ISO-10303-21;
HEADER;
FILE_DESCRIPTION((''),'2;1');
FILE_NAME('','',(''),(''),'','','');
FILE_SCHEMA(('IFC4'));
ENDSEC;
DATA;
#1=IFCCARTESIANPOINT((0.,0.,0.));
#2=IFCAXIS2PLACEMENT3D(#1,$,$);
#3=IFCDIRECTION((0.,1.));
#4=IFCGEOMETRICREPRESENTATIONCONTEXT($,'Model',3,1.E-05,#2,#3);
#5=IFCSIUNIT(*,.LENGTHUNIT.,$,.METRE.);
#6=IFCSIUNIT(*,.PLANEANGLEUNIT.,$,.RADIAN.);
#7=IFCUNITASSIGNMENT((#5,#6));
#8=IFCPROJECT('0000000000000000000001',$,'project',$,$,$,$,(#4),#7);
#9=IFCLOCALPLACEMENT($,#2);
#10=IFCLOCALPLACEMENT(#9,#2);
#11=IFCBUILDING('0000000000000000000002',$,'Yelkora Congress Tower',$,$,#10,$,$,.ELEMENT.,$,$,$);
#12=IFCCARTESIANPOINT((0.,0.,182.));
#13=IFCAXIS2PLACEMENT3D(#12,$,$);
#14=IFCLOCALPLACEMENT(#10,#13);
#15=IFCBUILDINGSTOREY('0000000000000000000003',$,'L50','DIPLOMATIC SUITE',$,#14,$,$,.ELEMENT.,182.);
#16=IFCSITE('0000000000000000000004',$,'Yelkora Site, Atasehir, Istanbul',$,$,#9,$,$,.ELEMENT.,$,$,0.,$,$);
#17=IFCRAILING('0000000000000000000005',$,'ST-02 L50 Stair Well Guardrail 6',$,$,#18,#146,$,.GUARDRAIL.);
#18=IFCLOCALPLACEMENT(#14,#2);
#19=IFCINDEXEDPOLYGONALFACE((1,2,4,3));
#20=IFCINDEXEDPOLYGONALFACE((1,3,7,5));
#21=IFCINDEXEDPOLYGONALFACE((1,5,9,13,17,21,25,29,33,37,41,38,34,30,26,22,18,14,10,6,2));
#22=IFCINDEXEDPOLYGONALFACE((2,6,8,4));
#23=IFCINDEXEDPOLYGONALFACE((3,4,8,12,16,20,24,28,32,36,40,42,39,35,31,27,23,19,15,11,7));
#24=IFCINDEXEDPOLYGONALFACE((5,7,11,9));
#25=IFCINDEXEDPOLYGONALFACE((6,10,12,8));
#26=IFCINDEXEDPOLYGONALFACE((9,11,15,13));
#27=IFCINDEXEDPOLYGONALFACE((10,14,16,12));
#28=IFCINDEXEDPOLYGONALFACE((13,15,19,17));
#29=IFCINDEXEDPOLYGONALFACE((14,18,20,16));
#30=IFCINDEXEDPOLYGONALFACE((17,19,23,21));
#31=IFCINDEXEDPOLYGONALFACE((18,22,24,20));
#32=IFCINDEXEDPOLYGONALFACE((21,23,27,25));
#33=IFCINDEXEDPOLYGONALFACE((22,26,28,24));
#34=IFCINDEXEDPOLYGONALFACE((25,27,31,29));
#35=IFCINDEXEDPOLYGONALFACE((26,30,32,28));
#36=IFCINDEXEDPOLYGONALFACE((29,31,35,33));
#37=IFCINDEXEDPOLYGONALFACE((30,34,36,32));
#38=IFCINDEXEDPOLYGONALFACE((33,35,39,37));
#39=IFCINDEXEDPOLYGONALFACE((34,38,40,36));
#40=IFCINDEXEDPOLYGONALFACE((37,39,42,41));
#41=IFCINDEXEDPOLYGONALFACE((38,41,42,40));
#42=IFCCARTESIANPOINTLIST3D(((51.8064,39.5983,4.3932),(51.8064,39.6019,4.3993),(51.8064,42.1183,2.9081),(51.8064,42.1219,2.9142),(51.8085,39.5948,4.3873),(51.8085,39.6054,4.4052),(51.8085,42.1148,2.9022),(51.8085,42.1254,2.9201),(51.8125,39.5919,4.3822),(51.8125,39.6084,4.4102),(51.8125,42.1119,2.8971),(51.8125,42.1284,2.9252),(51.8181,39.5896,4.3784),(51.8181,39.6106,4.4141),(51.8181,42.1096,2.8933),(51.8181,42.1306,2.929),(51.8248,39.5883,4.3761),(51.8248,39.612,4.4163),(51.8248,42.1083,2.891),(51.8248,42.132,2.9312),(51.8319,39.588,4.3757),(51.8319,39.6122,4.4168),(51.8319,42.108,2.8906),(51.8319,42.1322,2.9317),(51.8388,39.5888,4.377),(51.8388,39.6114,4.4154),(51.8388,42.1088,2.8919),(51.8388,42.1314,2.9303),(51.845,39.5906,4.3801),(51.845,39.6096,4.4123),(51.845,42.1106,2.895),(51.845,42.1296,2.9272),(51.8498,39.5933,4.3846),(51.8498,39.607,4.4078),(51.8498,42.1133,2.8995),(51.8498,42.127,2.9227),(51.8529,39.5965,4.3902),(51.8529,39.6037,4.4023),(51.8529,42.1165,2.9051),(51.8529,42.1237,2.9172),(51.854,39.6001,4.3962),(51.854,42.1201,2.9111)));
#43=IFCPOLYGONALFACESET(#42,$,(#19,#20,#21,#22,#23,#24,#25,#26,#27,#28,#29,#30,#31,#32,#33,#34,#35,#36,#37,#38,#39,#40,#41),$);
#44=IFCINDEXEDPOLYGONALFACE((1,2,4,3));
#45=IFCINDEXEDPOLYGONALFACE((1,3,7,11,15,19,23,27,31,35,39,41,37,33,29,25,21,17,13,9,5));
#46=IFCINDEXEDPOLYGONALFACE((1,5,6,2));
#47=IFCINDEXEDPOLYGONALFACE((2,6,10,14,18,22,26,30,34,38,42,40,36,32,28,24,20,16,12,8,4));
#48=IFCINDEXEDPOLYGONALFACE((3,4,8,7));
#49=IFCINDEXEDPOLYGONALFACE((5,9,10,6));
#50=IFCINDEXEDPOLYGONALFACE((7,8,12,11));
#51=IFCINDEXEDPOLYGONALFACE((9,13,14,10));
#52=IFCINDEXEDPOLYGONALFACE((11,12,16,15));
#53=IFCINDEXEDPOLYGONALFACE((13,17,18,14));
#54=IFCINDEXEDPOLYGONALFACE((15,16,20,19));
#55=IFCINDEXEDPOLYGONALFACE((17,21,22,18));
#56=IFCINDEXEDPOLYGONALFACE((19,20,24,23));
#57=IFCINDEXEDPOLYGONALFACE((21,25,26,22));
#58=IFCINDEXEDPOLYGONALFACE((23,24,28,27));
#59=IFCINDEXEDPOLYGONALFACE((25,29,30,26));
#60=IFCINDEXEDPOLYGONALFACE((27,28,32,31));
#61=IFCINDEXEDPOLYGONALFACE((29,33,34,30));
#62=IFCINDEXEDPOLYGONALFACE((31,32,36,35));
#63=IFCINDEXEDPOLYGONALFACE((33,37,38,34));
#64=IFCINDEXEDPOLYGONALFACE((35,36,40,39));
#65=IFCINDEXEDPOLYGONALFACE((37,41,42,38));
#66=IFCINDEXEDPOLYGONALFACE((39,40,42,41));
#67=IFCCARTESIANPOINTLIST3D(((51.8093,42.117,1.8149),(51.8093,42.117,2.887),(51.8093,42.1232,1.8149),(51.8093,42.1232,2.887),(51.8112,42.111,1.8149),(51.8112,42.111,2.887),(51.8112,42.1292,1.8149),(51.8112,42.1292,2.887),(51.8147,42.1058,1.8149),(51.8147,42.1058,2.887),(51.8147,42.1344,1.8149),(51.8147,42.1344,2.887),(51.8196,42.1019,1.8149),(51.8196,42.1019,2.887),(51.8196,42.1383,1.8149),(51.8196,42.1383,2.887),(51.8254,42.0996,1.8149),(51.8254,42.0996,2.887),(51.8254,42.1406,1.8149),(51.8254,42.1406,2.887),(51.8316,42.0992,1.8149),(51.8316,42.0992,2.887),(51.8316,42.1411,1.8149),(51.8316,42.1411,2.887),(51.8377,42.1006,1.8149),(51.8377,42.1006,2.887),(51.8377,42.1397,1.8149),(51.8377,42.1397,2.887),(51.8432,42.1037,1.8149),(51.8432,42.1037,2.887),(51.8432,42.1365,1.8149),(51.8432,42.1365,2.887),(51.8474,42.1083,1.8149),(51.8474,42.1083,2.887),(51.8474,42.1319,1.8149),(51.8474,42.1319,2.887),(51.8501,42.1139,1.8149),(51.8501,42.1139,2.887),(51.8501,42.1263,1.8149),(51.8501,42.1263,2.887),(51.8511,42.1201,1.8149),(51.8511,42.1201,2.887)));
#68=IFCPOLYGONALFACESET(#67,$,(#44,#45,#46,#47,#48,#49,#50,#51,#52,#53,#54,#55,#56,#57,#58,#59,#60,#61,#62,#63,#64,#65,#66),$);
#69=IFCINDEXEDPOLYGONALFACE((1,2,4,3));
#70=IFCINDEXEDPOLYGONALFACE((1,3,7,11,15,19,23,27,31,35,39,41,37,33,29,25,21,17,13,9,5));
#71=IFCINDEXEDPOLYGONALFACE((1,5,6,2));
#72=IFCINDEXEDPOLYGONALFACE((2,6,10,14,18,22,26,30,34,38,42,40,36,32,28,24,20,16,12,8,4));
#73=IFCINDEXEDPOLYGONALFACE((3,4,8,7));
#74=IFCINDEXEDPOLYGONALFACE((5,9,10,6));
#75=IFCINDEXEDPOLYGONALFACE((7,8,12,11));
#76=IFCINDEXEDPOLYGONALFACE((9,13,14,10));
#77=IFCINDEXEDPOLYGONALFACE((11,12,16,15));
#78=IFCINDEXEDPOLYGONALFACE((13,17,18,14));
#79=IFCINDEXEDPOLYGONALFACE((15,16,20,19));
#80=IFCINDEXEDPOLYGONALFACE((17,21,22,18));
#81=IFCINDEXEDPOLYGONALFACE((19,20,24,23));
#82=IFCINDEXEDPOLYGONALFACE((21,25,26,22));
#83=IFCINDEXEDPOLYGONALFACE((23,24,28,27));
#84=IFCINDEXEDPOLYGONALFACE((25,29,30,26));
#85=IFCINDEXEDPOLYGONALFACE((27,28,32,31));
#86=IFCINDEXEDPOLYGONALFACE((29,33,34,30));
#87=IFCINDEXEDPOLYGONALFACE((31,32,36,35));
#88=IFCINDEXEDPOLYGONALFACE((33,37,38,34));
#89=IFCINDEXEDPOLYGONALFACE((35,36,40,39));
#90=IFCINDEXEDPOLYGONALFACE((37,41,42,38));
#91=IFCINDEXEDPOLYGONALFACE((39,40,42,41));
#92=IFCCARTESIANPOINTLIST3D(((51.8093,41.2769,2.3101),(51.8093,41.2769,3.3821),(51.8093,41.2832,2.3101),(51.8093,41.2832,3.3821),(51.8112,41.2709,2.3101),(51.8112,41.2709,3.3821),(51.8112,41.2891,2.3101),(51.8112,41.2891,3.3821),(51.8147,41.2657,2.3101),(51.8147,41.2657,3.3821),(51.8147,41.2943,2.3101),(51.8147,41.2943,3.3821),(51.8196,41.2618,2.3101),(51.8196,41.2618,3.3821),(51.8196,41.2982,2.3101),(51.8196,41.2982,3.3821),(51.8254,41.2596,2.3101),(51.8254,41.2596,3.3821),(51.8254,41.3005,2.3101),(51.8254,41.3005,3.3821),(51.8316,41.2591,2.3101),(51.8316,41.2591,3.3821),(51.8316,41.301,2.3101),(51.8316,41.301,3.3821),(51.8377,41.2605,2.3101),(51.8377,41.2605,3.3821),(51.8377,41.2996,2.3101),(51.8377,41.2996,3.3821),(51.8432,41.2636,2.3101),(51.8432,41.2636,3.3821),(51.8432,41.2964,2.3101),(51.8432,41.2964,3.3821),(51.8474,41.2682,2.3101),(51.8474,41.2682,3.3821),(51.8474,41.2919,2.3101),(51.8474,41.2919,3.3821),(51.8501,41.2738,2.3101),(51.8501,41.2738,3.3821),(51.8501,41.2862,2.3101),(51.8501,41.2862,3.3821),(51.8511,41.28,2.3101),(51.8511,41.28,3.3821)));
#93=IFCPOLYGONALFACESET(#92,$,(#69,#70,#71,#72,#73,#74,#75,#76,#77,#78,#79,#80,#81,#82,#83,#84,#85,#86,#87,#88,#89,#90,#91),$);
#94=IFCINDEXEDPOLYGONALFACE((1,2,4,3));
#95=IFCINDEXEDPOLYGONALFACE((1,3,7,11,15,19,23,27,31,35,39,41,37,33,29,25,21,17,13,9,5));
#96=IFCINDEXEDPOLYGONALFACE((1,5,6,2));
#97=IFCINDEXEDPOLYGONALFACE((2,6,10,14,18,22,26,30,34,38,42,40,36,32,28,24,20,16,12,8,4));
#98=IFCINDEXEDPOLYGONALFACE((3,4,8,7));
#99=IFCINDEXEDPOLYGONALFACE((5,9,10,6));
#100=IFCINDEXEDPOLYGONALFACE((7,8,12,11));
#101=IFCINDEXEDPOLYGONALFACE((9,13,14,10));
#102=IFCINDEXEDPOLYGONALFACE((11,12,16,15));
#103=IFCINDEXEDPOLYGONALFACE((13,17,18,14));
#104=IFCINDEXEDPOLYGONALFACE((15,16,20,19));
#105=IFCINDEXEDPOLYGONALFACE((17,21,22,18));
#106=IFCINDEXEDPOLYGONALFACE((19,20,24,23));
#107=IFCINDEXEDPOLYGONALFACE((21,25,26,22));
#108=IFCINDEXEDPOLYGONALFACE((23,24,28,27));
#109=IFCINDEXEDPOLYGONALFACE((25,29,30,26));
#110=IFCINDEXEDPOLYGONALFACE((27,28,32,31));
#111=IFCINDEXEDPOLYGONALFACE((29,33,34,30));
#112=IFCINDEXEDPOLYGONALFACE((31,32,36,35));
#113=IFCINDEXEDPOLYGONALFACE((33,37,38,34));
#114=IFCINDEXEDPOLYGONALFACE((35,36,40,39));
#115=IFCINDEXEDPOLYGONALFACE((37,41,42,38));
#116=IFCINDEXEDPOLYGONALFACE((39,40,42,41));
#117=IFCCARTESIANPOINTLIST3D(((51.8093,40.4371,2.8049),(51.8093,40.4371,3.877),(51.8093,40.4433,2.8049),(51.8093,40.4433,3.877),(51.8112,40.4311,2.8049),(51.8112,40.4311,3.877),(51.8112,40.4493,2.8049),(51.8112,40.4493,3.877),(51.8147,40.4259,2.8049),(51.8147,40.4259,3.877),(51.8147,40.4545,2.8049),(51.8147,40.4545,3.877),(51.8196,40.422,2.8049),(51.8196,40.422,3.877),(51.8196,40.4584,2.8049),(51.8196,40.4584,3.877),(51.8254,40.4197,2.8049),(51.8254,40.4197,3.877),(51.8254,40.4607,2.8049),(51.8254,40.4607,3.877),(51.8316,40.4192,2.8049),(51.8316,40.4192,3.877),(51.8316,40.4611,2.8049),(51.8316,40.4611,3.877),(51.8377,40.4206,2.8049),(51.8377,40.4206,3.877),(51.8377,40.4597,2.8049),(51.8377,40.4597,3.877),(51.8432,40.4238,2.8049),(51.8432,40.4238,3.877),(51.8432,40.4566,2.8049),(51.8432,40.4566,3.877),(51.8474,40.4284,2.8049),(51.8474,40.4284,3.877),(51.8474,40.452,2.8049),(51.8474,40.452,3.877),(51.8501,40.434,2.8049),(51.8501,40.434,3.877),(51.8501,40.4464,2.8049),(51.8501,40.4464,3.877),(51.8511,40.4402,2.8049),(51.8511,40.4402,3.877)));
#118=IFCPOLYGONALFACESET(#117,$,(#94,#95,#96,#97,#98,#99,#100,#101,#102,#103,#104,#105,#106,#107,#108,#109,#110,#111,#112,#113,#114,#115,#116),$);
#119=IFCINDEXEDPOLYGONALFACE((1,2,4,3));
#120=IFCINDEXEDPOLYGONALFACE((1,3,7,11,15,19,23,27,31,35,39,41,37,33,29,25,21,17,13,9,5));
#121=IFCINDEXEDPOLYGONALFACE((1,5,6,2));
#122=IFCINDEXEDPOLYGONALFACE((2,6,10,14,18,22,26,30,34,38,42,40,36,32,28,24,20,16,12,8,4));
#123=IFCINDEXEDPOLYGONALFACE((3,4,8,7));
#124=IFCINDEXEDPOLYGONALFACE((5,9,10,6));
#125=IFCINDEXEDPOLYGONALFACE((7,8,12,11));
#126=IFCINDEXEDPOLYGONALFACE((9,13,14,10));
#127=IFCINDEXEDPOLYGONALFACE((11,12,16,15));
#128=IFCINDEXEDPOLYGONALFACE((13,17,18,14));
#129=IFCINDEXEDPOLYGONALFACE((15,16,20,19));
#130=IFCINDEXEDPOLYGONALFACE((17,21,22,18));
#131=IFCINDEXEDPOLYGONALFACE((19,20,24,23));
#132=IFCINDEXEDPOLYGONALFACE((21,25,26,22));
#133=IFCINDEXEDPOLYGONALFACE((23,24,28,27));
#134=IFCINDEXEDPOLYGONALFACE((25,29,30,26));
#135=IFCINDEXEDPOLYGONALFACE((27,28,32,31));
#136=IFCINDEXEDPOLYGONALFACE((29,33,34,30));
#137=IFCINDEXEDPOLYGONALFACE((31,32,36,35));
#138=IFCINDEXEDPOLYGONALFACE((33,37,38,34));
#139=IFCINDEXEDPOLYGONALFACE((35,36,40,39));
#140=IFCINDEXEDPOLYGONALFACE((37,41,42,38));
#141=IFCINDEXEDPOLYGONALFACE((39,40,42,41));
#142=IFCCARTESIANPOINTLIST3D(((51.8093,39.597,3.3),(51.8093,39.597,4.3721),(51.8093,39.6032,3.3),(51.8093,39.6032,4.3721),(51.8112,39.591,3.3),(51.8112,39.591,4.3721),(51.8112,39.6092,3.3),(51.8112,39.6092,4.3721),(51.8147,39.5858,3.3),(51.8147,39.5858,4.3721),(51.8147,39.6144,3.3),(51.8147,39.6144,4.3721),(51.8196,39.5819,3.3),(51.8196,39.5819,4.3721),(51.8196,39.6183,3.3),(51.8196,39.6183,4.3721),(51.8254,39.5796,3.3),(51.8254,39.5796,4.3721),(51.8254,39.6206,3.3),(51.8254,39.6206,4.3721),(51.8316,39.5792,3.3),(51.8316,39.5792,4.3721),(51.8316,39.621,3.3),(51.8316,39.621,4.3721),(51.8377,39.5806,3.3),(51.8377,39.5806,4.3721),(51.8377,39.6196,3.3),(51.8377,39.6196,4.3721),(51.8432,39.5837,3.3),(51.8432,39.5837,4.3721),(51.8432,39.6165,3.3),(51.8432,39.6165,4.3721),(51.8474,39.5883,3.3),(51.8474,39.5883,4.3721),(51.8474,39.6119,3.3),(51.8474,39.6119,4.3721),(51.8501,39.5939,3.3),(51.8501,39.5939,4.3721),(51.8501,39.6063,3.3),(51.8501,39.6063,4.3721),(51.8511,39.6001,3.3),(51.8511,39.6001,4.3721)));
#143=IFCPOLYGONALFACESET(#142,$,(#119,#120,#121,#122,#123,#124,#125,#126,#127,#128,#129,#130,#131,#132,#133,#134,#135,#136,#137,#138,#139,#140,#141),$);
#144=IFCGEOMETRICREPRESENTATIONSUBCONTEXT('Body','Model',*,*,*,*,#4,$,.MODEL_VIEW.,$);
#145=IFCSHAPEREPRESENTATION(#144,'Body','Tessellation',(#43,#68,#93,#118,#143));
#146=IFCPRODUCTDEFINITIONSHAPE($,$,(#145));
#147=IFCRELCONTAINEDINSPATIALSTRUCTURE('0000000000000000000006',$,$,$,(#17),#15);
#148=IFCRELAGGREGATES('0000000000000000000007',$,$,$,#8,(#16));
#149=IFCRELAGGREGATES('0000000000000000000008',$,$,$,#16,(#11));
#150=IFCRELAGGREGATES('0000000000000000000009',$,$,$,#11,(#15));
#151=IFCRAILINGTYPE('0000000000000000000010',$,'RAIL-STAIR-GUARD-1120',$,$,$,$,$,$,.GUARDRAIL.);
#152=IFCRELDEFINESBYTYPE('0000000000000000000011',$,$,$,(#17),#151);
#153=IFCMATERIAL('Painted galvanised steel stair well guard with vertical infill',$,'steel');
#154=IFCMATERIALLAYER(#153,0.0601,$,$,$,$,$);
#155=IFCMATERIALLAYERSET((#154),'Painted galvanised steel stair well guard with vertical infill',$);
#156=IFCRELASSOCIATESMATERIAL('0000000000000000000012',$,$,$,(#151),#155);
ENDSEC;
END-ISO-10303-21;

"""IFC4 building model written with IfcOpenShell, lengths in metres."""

from ifc_helpers import new_model, si_unit, direction, frame, origin, origin_2d, place, context, subcontext, project, spatial, circle, extrude, material, layer, layer_set, type_object, element, save


model = new_model("IFC4")

# Units and contexts
model_context = context("Model", 3, precision=1e-05, world=origin(), true_north=direction((0.0, 1.0)))
body_context = subcontext(model_context, "Body", "Model", "MODEL_VIEW")
ifc_project = project(units=[si_unit("LENGTHUNIT", "METRE"), si_unit("PLANEANGLEUNIT", "RADIAN")], contexts=[model_context])

# Site, building, storey
site_placement = place(None, origin())
site = spatial("IfcSite", under=ifc_project, at=site_placement, Name="Yelkora Site, Atasehir, Istanbul", CompositionType="ELEMENT", RefElevation=0.0)
building_placement = place(site_placement, origin())
building = spatial("IfcBuilding", under=site, at=building_placement, Name="Yelkora Congress Tower", CompositionType="ELEMENT")
storey_placement = place(building_placement, frame((0.0, 0.0, 182.0)))
storey = spatial("IfcBuildingStorey", under=building, at=storey_placement, Name="L50", Description="DIPLOMATIC SUITE", CompositionType="ELEMENT", Elevation=182.0)

# Railing
ifc_material_1 = material(Name="Painted galvanised steel stair well guard with vertical infill", Category="steel")
ifc_layer_1 = layer(ifc_material_1, 0.0601)
ifc_layer_set_1 = layer_set([ifc_layer_1], Name="Painted galvanised steel stair well guard with vertical infill")
railing_type_1 = type_object("IfcRailingType", Name="RAIL-STAIR-GUARD-1120", PredefinedType="GUARDRAIL", material=ifc_layer_set_1)
railing_1_placement = place(storey_placement, frame((51.8301, 42.1201, 1.8149)))
element("IfcRailing", 1, at=railing_1_placement, inside=storey, type_object=railing_type_1, Name="ST-02 L50 Stair Well Guardrail 6", PredefinedType="GUARDRAIL", context=body_context, shape_type="SweptSolid", body=[
    extrude(circle(Radius=0.0239, at=origin_2d()), frame((0.0, 0.0, 1.0962), z_axis=(0.0, -0.861524, 0.507717), x_axis=(1.0, 0.0, 0.0)), (0.0, 0.0, 1.0), 2.925),
    extrude(circle(Radius=0.021, at=origin_2d()), origin(), (0.0, 0.0, 1.0), 1.072),
    extrude(circle(Radius=0.021, at=origin_2d()), frame((0.0, -0.8401, 0.4951)), (0.0, 0.0, 1.0), 1.072),
    extrude(circle(Radius=0.021, at=origin_2d()), frame((0.0, -1.6799, 0.99)), (0.0, 0.0, 1.0), 1.072),
    extrude(circle(Radius=0.021, at=origin_2d()), frame((0.0, -2.52, 1.4851)), (0.0, 0.0, 1.0), 1.072),
])

save(model, "model.ifc")
